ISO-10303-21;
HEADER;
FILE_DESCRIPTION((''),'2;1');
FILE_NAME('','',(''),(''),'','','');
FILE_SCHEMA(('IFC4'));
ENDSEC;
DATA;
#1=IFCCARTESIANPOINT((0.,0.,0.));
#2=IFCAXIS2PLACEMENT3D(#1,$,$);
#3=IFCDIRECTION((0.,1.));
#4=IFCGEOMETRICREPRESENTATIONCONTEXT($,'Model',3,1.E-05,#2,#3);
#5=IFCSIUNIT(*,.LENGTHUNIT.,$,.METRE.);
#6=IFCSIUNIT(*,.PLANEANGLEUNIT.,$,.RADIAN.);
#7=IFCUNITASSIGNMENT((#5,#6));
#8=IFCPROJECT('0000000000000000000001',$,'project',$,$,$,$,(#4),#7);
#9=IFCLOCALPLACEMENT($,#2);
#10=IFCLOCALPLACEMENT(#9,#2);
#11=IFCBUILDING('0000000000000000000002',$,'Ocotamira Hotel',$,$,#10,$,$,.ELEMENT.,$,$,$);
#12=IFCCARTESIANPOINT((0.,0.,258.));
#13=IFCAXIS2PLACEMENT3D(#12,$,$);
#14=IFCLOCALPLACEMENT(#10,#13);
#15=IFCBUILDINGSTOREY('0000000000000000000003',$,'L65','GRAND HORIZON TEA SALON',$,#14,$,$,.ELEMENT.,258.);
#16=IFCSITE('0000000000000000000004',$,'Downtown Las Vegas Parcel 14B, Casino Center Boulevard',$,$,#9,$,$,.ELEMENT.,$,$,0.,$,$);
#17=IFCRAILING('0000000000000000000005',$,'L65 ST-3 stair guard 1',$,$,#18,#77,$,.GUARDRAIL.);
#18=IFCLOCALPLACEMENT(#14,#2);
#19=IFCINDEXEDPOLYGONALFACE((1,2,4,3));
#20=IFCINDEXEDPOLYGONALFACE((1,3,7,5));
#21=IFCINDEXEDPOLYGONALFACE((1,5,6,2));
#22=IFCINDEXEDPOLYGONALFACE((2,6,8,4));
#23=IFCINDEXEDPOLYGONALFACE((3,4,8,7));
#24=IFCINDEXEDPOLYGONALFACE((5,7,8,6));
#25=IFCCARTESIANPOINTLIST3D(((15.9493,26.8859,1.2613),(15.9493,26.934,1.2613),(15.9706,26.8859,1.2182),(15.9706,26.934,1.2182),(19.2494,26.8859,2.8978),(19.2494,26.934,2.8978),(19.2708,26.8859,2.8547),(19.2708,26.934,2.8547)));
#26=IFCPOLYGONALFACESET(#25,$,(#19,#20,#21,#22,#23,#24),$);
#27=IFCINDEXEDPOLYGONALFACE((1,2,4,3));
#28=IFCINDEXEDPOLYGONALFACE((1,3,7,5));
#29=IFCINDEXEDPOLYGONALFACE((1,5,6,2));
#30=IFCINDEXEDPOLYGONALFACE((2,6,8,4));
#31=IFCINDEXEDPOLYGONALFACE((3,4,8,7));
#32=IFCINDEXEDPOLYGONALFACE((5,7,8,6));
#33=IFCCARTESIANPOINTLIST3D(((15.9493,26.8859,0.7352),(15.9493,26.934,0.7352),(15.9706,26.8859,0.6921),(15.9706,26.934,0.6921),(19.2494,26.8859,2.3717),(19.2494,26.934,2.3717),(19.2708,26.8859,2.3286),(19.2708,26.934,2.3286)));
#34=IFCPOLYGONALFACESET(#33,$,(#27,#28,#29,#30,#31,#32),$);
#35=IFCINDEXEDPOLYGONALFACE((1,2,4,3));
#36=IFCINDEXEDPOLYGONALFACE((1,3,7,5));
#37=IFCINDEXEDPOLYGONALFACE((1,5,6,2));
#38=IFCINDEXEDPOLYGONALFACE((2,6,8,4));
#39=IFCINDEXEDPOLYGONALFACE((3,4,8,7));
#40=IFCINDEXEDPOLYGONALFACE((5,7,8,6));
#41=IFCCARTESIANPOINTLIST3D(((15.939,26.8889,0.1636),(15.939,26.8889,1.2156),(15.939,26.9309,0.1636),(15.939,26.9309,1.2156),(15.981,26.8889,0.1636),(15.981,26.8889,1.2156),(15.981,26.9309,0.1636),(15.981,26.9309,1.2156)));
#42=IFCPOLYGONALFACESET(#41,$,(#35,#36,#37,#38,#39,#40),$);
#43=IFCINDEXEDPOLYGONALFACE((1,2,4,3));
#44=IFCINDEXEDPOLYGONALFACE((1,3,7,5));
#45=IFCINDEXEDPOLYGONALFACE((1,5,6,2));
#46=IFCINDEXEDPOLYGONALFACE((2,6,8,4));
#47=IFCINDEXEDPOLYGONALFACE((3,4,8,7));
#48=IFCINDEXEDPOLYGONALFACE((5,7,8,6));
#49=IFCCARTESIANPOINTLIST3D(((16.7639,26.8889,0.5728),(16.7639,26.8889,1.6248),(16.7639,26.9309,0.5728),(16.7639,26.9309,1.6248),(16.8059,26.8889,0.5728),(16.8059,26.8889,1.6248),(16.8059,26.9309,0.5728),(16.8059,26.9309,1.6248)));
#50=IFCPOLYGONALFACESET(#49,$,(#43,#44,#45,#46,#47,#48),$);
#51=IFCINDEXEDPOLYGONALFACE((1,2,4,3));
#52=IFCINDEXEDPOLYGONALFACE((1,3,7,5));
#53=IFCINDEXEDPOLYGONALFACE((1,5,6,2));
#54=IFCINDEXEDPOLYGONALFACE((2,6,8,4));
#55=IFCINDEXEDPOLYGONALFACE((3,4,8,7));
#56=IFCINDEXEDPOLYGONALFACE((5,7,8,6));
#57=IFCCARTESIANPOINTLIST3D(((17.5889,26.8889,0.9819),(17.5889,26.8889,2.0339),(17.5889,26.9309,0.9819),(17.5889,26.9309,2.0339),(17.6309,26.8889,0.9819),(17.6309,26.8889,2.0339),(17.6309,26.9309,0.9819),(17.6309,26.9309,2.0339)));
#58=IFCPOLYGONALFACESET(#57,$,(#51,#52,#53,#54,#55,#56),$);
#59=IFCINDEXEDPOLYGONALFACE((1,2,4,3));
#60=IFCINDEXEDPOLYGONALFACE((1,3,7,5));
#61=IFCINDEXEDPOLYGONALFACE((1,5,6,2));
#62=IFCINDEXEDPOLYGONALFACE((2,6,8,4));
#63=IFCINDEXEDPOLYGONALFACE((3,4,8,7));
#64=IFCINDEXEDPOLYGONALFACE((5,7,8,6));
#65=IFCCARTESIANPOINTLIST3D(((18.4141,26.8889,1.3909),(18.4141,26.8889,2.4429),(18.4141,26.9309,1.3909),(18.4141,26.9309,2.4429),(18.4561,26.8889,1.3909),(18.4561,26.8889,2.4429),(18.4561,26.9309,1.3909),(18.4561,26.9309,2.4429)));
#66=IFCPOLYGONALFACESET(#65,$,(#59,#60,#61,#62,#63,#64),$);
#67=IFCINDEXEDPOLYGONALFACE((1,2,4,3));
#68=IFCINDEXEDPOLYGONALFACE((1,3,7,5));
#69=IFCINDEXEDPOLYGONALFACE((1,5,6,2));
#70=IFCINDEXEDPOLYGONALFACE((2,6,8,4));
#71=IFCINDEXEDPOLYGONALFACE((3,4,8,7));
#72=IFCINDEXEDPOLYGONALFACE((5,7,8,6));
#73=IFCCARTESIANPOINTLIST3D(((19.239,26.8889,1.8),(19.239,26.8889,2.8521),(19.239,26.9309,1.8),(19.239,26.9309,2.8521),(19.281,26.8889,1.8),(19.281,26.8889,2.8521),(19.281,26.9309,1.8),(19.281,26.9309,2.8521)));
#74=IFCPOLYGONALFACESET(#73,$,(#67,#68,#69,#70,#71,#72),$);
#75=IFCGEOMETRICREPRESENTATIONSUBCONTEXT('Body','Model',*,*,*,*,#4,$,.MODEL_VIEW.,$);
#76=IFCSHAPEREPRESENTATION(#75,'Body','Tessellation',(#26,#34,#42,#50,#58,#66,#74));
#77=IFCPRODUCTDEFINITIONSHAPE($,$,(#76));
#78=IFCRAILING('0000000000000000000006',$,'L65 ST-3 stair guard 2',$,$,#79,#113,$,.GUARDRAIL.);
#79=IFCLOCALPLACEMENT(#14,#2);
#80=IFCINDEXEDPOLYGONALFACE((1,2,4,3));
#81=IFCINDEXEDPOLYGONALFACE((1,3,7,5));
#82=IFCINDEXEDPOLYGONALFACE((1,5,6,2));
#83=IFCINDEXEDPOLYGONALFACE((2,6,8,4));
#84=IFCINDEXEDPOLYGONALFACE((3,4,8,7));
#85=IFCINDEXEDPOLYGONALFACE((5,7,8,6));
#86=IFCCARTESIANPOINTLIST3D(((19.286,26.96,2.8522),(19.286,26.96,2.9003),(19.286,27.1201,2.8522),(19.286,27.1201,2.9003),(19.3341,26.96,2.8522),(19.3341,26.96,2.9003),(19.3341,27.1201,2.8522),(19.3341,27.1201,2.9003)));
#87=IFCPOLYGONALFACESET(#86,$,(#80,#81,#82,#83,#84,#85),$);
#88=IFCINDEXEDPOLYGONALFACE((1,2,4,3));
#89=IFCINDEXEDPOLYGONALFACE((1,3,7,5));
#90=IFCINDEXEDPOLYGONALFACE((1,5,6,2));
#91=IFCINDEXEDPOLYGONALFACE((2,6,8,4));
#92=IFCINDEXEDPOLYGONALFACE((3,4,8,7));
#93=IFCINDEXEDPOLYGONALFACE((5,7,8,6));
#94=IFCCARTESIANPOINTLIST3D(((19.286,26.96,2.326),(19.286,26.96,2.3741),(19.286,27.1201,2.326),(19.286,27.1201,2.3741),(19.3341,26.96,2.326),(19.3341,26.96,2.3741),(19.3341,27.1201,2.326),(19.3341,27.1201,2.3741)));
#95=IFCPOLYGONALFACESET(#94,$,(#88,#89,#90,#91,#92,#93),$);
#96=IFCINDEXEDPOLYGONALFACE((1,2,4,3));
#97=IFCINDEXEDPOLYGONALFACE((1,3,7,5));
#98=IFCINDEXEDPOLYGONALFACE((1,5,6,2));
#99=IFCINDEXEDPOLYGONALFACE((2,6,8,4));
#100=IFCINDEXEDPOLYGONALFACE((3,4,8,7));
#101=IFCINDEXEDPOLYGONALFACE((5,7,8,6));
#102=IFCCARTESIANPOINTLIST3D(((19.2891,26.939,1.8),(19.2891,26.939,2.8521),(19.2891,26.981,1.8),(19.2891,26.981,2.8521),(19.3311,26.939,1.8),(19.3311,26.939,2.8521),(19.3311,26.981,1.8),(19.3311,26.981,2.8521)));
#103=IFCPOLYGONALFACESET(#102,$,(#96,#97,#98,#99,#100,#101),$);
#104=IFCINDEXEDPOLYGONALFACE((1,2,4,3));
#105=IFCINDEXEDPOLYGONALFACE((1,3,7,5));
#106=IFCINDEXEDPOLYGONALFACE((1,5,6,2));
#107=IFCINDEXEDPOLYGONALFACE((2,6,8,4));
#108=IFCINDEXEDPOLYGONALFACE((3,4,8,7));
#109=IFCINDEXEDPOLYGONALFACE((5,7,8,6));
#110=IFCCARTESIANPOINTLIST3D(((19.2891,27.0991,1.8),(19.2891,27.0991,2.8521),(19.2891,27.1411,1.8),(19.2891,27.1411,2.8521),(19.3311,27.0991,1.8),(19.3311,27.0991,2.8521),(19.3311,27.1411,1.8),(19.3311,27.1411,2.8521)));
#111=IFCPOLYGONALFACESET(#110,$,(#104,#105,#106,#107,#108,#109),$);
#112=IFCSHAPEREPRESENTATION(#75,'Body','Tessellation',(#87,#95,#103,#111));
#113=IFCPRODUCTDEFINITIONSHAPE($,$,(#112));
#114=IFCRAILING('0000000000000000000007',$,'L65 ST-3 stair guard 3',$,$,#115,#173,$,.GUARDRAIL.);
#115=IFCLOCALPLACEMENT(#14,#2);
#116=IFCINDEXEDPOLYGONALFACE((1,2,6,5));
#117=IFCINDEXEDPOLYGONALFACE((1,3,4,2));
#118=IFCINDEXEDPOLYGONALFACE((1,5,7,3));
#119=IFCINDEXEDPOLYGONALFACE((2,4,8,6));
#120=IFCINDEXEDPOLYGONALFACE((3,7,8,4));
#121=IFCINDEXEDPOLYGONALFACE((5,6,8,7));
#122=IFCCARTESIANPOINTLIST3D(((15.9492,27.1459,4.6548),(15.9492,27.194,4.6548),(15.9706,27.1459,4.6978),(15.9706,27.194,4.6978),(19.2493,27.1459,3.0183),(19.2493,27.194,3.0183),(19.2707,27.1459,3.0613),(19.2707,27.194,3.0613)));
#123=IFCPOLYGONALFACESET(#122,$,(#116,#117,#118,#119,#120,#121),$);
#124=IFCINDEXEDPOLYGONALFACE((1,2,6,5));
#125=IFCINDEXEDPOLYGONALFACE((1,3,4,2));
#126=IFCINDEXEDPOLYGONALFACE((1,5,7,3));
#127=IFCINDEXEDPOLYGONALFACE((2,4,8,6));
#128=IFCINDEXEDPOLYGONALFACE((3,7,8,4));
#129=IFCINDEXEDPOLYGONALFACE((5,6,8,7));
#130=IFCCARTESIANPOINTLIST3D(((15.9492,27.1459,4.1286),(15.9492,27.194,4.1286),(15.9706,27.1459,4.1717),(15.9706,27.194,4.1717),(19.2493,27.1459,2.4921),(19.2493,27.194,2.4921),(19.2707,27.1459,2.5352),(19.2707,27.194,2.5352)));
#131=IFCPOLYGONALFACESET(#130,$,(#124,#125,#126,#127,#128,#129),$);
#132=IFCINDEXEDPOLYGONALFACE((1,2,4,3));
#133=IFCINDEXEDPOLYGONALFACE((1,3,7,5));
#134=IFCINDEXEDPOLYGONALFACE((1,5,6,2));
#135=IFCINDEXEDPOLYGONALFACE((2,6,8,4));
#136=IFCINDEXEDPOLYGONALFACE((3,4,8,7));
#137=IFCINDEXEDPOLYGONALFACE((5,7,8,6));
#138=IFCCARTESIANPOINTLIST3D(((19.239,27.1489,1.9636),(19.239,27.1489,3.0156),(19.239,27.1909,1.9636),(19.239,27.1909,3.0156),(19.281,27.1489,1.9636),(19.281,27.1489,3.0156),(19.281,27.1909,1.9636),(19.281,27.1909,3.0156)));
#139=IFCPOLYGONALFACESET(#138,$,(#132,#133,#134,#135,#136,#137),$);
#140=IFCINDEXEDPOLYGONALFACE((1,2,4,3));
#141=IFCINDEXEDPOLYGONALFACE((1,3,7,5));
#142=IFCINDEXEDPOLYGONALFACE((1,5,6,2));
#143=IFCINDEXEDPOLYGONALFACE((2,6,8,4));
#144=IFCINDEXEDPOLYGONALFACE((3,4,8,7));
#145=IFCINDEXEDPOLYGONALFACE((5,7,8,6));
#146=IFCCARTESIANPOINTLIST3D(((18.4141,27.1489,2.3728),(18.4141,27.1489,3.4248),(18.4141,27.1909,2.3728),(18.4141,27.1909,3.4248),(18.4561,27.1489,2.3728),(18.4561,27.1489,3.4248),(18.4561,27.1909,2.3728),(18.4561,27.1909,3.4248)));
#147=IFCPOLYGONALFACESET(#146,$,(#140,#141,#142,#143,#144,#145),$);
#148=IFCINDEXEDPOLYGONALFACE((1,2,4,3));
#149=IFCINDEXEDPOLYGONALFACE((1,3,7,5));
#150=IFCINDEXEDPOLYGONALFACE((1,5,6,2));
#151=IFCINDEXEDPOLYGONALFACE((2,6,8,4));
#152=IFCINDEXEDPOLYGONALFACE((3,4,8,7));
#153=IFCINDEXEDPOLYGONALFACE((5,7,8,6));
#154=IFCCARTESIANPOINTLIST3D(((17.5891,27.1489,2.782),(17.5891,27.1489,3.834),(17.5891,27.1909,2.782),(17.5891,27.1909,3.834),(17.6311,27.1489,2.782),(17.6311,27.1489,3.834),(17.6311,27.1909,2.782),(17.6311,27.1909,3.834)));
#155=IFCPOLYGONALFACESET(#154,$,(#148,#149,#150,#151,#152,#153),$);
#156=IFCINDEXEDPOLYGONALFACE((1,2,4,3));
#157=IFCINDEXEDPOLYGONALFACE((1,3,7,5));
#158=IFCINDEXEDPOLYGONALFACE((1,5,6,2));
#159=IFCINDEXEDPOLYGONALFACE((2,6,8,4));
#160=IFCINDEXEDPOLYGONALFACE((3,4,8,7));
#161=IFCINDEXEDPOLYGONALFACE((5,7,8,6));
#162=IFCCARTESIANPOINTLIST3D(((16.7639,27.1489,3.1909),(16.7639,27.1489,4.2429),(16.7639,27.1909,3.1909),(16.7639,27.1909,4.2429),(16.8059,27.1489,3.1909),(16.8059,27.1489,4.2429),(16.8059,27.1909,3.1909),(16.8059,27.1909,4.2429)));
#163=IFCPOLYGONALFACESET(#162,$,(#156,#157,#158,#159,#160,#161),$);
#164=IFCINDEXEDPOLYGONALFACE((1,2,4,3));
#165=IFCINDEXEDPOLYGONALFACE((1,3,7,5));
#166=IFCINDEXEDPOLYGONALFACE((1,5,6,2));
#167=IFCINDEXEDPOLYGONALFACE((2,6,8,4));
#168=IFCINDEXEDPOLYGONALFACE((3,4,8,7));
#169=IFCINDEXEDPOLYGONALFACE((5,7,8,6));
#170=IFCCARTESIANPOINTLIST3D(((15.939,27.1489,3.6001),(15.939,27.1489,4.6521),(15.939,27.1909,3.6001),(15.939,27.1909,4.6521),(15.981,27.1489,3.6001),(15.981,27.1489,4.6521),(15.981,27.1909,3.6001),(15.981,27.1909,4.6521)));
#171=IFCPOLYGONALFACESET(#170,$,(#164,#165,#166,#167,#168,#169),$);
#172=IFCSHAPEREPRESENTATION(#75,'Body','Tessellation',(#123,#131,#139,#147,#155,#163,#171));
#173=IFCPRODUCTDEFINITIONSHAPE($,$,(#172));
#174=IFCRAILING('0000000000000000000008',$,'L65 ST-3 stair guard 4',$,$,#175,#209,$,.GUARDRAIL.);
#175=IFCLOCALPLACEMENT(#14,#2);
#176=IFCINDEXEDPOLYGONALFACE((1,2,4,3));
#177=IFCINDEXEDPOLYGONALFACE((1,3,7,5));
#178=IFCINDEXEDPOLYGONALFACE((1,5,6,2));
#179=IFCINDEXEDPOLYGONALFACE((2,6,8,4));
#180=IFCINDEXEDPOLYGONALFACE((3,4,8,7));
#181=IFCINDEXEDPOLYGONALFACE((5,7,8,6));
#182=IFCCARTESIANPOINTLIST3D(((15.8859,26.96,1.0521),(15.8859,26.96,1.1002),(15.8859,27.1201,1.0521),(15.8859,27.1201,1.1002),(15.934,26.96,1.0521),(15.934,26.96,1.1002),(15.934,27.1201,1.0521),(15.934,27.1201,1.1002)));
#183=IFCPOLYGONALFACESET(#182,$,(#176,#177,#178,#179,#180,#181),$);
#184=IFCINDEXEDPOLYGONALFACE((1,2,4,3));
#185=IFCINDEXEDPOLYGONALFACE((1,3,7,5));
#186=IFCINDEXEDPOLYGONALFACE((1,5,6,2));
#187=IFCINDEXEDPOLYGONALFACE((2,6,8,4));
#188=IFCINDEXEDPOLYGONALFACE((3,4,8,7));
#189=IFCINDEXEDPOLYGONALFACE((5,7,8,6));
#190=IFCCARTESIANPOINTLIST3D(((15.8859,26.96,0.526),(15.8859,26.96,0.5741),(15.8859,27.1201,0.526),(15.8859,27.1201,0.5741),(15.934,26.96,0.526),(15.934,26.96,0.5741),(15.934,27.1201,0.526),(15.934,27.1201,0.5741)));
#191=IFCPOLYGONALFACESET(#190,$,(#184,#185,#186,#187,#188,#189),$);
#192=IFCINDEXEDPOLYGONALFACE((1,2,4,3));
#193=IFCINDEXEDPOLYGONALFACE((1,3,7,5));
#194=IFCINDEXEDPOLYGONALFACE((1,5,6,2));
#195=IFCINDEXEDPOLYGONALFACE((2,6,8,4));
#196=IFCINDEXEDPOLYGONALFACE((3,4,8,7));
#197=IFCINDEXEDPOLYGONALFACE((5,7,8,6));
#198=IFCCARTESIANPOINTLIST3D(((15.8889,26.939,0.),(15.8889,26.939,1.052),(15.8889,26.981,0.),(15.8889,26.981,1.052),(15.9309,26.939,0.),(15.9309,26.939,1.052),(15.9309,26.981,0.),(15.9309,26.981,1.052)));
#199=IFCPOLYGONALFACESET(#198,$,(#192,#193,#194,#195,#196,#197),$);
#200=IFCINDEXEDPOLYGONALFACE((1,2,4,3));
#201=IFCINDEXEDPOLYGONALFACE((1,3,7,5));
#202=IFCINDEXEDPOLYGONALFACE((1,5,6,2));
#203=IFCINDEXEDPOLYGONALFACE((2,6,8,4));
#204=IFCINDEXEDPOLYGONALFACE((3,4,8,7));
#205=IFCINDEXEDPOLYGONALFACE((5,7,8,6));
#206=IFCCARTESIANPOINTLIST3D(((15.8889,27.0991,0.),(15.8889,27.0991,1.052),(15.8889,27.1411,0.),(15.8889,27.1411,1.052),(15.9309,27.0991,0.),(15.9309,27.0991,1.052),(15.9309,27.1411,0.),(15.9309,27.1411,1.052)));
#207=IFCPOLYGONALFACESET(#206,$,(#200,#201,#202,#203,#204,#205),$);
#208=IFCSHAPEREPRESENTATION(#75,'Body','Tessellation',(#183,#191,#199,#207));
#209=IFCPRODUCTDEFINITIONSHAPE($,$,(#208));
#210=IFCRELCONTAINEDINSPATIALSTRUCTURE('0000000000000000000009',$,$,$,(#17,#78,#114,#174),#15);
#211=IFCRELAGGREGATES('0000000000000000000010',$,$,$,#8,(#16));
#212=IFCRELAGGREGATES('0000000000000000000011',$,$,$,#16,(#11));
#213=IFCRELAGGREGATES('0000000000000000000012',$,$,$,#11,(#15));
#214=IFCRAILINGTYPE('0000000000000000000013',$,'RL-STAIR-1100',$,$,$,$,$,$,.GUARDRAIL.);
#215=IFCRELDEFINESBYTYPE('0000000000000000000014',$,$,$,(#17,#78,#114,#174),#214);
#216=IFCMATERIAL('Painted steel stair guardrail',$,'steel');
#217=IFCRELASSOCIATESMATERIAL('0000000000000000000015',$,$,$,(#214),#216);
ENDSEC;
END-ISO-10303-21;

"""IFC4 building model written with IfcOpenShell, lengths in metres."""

from ifc_helpers import new_model, si_unit, direction, frame, origin, origin_2d, place, context, subcontext, project, spatial, rectangle, extrude, material, type_object, element, save


model = new_model("IFC4")

# Units and contexts
model_context = context("Model", 3, precision=1e-05, world=origin(), true_north=direction((0.0, 1.0)))
body_context = subcontext(model_context, "Body", "Model", "MODEL_VIEW")
ifc_project = project(units=[si_unit("LENGTHUNIT", "METRE"), si_unit("PLANEANGLEUNIT", "RADIAN")], contexts=[model_context])

# Site, building, storey
site_placement = place(None, origin())
site = spatial("IfcSite", under=ifc_project, at=site_placement, Name="Downtown Las Vegas Parcel 14B, Casino Center Boulevard", CompositionType="ELEMENT", RefElevation=0.0)
building_placement = place(site_placement, origin())
building = spatial("IfcBuilding", under=site, at=building_placement, Name="Ocotamira Hotel", CompositionType="ELEMENT")
storey_placement = place(building_placement, frame((0.0, 0.0, 258.0)))
storey = spatial("IfcBuildingStorey", under=building, at=storey_placement, Name="L65", Description="GRAND HORIZON TEA SALON", CompositionType="ELEMENT", Elevation=258.0)

# Railings
ifc_material_1 = material(Name="Painted steel stair guardrail", Category="steel")
railing_type_1 = type_object("IfcRailingType", Name="RL-STAIR-1100", PredefinedType="GUARDRAIL", material=ifc_material_1)
for number, where, name in (
    (1, (15.96, 26.9099, 0.1636), "L65 ST-3 stair guard 1"),
):
    element("IfcRailing", number, at=place(storey_placement, frame(where)), inside=storey, type_object=railing_type_1, Name=name, PredefinedType="GUARDRAIL", context=body_context, shape_type="SweptSolid", body=[
        extrude(rectangle(XDim=0.0481, YDim=0.0481, at=origin_2d()), frame((0.0, 0.0, 1.0762), z_axis=(0.895894, 0.0, 0.444268), x_axis=(0.0, 1.0, 0.0)), (0.0, 0.0, 1.0), 3.6836),
        extrude(rectangle(XDim=0.0481, YDim=0.0481, at=origin_2d()), frame((0.0, 0.0, 0.55), z_axis=(0.895894, 0.0, 0.444268), x_axis=(0.0, 1.0, 0.0)), (0.0, 0.0, 1.0), 3.6836),
        extrude(rectangle(XDim=0.042, YDim=0.042, at=origin_2d()), origin(), (0.0, 0.0, 1.0), 1.052),
        extrude(rectangle(XDim=0.042, YDim=0.042, at=origin_2d()), frame((0.825, 0.0, 0.4092)), (0.0, 0.0, 1.0), 1.052),
        extrude(rectangle(XDim=0.042, YDim=0.042, at=origin_2d()), frame((1.6499, 0.0, 0.8184)), (0.0, 0.0, 1.0), 1.052),
        extrude(rectangle(XDim=0.042, YDim=0.042, at=origin_2d()), frame((2.4751, 0.0, 1.2273)), (0.0, 0.0, 1.0), 1.052),
        extrude(rectangle(XDim=0.042, YDim=0.042, at=origin_2d()), frame((3.3, 0.0, 1.6365)), (0.0, 0.0, 1.0), 1.052),
    ])
railing_1_placement = place(storey_placement, frame((19.3101, 26.96, 1.8)))
element("IfcRailing", 2, at=railing_1_placement, inside=storey, type_object=railing_type_1, Name="L65 ST-3 stair guard 2", PredefinedType="GUARDRAIL", context=body_context, shape_type="SweptSolid", body=[
    extrude(rectangle(XDim=0.0481, YDim=0.0481, at=origin_2d()), frame((0.0, 0.0, 1.0762), z_axis=(0.0, 1.0, 0.0), x_axis=(-1.0, 0.0, 0.0)), (0.0, 0.0, 1.0), 0.1602),
    extrude(rectangle(XDim=0.0481, YDim=0.0481, at=origin_2d()), frame((0.0, 0.0, 0.55), z_axis=(0.0, 1.0, 0.0), x_axis=(-1.0, 0.0, 0.0)), (0.0, 0.0, 1.0), 0.1602),
    extrude(rectangle(XDim=0.042, YDim=0.042, at=origin_2d()), origin(), (0.0, 0.0, 1.0), 1.052),
    extrude(rectangle(XDim=0.042, YDim=0.042, at=origin_2d()), frame((0.0, 0.1602, 0.0)), (0.0, 0.0, 1.0), 1.052),
])
railing_2_placement = place(storey_placement, frame((19.26, 27.1699, 1.9636)))
element("IfcRailing", 3, at=railing_2_placement, inside=storey, type_object=railing_type_1, Name="L65 ST-3 stair guard 3", PredefinedType="GUARDRAIL", context=body_context, shape_type="SweptSolid", body=[
    extrude(rectangle(XDim=0.0481, YDim=0.0481, at=origin_2d()), frame((0.0, 0.0, 1.0762), z_axis=(-0.895894, 0.0, 0.444268), x_axis=(0.0, -1.0, 0.0)), (0.0, 0.0, 1.0), 3.6836),
    extrude(rectangle(XDim=0.0481, YDim=0.0481, at=origin_2d()), frame((0.0, 0.0, 0.55), z_axis=(-0.895894, 0.0, 0.444268), x_axis=(0.0, -1.0, 0.0)), (0.0, 0.0, 1.0), 3.6836),
    extrude(rectangle(XDim=0.042, YDim=0.042, at=origin_2d()), origin(), (0.0, 0.0, 1.0), 1.052),
    extrude(rectangle(XDim=0.042, YDim=0.042, at=origin_2d()), frame((-0.825, 0.0, 0.4092)), (0.0, 0.0, 1.0), 1.052),
    extrude(rectangle(XDim=0.042, YDim=0.042, at=origin_2d()), frame((-1.6499, 0.0, 0.8184)), (0.0, 0.0, 1.0), 1.052),
    extrude(rectangle(XDim=0.042, YDim=0.042, at=origin_2d()), frame((-2.4751, 0.0, 1.2273)), (0.0, 0.0, 1.0), 1.052),
    extrude(rectangle(XDim=0.042, YDim=0.042, at=origin_2d()), frame((-3.3, 0.0, 1.6365)), (0.0, 0.0, 1.0), 1.052),
])
railing_3_placement = place(storey_placement, frame((15.9099, 26.96, 0.0)))
element("IfcRailing", 4, at=railing_3_placement, inside=storey, type_object=railing_type_1, Name="L65 ST-3 stair guard 4", PredefinedType="GUARDRAIL", context=body_context, shape_type="SweptSolid", body=[
    extrude(rectangle(XDim=0.0481, YDim=0.0481, at=origin_2d()), frame((0.0, 0.0, 1.0762), z_axis=(0.0, 1.0, 0.0), x_axis=(-1.0, 0.0, 0.0)), (0.0, 0.0, 1.0), 0.1602),
    extrude(rectangle(XDim=0.0481, YDim=0.0481, at=origin_2d()), frame((0.0, 0.0, 0.55), z_axis=(0.0, 1.0, 0.0), x_axis=(-1.0, 0.0, 0.0)), (0.0, 0.0, 1.0), 0.1602),
    extrude(rectangle(XDim=0.042, YDim=0.042, at=origin_2d()), origin(), (0.0, 0.0, 1.0), 1.052),
    extrude(rectangle(XDim=0.042, YDim=0.042, at=origin_2d()), frame((0.0, 0.1602, 0.0)), (0.0, 0.0, 1.0), 1.052),
])

save(model, "model.ifc")
